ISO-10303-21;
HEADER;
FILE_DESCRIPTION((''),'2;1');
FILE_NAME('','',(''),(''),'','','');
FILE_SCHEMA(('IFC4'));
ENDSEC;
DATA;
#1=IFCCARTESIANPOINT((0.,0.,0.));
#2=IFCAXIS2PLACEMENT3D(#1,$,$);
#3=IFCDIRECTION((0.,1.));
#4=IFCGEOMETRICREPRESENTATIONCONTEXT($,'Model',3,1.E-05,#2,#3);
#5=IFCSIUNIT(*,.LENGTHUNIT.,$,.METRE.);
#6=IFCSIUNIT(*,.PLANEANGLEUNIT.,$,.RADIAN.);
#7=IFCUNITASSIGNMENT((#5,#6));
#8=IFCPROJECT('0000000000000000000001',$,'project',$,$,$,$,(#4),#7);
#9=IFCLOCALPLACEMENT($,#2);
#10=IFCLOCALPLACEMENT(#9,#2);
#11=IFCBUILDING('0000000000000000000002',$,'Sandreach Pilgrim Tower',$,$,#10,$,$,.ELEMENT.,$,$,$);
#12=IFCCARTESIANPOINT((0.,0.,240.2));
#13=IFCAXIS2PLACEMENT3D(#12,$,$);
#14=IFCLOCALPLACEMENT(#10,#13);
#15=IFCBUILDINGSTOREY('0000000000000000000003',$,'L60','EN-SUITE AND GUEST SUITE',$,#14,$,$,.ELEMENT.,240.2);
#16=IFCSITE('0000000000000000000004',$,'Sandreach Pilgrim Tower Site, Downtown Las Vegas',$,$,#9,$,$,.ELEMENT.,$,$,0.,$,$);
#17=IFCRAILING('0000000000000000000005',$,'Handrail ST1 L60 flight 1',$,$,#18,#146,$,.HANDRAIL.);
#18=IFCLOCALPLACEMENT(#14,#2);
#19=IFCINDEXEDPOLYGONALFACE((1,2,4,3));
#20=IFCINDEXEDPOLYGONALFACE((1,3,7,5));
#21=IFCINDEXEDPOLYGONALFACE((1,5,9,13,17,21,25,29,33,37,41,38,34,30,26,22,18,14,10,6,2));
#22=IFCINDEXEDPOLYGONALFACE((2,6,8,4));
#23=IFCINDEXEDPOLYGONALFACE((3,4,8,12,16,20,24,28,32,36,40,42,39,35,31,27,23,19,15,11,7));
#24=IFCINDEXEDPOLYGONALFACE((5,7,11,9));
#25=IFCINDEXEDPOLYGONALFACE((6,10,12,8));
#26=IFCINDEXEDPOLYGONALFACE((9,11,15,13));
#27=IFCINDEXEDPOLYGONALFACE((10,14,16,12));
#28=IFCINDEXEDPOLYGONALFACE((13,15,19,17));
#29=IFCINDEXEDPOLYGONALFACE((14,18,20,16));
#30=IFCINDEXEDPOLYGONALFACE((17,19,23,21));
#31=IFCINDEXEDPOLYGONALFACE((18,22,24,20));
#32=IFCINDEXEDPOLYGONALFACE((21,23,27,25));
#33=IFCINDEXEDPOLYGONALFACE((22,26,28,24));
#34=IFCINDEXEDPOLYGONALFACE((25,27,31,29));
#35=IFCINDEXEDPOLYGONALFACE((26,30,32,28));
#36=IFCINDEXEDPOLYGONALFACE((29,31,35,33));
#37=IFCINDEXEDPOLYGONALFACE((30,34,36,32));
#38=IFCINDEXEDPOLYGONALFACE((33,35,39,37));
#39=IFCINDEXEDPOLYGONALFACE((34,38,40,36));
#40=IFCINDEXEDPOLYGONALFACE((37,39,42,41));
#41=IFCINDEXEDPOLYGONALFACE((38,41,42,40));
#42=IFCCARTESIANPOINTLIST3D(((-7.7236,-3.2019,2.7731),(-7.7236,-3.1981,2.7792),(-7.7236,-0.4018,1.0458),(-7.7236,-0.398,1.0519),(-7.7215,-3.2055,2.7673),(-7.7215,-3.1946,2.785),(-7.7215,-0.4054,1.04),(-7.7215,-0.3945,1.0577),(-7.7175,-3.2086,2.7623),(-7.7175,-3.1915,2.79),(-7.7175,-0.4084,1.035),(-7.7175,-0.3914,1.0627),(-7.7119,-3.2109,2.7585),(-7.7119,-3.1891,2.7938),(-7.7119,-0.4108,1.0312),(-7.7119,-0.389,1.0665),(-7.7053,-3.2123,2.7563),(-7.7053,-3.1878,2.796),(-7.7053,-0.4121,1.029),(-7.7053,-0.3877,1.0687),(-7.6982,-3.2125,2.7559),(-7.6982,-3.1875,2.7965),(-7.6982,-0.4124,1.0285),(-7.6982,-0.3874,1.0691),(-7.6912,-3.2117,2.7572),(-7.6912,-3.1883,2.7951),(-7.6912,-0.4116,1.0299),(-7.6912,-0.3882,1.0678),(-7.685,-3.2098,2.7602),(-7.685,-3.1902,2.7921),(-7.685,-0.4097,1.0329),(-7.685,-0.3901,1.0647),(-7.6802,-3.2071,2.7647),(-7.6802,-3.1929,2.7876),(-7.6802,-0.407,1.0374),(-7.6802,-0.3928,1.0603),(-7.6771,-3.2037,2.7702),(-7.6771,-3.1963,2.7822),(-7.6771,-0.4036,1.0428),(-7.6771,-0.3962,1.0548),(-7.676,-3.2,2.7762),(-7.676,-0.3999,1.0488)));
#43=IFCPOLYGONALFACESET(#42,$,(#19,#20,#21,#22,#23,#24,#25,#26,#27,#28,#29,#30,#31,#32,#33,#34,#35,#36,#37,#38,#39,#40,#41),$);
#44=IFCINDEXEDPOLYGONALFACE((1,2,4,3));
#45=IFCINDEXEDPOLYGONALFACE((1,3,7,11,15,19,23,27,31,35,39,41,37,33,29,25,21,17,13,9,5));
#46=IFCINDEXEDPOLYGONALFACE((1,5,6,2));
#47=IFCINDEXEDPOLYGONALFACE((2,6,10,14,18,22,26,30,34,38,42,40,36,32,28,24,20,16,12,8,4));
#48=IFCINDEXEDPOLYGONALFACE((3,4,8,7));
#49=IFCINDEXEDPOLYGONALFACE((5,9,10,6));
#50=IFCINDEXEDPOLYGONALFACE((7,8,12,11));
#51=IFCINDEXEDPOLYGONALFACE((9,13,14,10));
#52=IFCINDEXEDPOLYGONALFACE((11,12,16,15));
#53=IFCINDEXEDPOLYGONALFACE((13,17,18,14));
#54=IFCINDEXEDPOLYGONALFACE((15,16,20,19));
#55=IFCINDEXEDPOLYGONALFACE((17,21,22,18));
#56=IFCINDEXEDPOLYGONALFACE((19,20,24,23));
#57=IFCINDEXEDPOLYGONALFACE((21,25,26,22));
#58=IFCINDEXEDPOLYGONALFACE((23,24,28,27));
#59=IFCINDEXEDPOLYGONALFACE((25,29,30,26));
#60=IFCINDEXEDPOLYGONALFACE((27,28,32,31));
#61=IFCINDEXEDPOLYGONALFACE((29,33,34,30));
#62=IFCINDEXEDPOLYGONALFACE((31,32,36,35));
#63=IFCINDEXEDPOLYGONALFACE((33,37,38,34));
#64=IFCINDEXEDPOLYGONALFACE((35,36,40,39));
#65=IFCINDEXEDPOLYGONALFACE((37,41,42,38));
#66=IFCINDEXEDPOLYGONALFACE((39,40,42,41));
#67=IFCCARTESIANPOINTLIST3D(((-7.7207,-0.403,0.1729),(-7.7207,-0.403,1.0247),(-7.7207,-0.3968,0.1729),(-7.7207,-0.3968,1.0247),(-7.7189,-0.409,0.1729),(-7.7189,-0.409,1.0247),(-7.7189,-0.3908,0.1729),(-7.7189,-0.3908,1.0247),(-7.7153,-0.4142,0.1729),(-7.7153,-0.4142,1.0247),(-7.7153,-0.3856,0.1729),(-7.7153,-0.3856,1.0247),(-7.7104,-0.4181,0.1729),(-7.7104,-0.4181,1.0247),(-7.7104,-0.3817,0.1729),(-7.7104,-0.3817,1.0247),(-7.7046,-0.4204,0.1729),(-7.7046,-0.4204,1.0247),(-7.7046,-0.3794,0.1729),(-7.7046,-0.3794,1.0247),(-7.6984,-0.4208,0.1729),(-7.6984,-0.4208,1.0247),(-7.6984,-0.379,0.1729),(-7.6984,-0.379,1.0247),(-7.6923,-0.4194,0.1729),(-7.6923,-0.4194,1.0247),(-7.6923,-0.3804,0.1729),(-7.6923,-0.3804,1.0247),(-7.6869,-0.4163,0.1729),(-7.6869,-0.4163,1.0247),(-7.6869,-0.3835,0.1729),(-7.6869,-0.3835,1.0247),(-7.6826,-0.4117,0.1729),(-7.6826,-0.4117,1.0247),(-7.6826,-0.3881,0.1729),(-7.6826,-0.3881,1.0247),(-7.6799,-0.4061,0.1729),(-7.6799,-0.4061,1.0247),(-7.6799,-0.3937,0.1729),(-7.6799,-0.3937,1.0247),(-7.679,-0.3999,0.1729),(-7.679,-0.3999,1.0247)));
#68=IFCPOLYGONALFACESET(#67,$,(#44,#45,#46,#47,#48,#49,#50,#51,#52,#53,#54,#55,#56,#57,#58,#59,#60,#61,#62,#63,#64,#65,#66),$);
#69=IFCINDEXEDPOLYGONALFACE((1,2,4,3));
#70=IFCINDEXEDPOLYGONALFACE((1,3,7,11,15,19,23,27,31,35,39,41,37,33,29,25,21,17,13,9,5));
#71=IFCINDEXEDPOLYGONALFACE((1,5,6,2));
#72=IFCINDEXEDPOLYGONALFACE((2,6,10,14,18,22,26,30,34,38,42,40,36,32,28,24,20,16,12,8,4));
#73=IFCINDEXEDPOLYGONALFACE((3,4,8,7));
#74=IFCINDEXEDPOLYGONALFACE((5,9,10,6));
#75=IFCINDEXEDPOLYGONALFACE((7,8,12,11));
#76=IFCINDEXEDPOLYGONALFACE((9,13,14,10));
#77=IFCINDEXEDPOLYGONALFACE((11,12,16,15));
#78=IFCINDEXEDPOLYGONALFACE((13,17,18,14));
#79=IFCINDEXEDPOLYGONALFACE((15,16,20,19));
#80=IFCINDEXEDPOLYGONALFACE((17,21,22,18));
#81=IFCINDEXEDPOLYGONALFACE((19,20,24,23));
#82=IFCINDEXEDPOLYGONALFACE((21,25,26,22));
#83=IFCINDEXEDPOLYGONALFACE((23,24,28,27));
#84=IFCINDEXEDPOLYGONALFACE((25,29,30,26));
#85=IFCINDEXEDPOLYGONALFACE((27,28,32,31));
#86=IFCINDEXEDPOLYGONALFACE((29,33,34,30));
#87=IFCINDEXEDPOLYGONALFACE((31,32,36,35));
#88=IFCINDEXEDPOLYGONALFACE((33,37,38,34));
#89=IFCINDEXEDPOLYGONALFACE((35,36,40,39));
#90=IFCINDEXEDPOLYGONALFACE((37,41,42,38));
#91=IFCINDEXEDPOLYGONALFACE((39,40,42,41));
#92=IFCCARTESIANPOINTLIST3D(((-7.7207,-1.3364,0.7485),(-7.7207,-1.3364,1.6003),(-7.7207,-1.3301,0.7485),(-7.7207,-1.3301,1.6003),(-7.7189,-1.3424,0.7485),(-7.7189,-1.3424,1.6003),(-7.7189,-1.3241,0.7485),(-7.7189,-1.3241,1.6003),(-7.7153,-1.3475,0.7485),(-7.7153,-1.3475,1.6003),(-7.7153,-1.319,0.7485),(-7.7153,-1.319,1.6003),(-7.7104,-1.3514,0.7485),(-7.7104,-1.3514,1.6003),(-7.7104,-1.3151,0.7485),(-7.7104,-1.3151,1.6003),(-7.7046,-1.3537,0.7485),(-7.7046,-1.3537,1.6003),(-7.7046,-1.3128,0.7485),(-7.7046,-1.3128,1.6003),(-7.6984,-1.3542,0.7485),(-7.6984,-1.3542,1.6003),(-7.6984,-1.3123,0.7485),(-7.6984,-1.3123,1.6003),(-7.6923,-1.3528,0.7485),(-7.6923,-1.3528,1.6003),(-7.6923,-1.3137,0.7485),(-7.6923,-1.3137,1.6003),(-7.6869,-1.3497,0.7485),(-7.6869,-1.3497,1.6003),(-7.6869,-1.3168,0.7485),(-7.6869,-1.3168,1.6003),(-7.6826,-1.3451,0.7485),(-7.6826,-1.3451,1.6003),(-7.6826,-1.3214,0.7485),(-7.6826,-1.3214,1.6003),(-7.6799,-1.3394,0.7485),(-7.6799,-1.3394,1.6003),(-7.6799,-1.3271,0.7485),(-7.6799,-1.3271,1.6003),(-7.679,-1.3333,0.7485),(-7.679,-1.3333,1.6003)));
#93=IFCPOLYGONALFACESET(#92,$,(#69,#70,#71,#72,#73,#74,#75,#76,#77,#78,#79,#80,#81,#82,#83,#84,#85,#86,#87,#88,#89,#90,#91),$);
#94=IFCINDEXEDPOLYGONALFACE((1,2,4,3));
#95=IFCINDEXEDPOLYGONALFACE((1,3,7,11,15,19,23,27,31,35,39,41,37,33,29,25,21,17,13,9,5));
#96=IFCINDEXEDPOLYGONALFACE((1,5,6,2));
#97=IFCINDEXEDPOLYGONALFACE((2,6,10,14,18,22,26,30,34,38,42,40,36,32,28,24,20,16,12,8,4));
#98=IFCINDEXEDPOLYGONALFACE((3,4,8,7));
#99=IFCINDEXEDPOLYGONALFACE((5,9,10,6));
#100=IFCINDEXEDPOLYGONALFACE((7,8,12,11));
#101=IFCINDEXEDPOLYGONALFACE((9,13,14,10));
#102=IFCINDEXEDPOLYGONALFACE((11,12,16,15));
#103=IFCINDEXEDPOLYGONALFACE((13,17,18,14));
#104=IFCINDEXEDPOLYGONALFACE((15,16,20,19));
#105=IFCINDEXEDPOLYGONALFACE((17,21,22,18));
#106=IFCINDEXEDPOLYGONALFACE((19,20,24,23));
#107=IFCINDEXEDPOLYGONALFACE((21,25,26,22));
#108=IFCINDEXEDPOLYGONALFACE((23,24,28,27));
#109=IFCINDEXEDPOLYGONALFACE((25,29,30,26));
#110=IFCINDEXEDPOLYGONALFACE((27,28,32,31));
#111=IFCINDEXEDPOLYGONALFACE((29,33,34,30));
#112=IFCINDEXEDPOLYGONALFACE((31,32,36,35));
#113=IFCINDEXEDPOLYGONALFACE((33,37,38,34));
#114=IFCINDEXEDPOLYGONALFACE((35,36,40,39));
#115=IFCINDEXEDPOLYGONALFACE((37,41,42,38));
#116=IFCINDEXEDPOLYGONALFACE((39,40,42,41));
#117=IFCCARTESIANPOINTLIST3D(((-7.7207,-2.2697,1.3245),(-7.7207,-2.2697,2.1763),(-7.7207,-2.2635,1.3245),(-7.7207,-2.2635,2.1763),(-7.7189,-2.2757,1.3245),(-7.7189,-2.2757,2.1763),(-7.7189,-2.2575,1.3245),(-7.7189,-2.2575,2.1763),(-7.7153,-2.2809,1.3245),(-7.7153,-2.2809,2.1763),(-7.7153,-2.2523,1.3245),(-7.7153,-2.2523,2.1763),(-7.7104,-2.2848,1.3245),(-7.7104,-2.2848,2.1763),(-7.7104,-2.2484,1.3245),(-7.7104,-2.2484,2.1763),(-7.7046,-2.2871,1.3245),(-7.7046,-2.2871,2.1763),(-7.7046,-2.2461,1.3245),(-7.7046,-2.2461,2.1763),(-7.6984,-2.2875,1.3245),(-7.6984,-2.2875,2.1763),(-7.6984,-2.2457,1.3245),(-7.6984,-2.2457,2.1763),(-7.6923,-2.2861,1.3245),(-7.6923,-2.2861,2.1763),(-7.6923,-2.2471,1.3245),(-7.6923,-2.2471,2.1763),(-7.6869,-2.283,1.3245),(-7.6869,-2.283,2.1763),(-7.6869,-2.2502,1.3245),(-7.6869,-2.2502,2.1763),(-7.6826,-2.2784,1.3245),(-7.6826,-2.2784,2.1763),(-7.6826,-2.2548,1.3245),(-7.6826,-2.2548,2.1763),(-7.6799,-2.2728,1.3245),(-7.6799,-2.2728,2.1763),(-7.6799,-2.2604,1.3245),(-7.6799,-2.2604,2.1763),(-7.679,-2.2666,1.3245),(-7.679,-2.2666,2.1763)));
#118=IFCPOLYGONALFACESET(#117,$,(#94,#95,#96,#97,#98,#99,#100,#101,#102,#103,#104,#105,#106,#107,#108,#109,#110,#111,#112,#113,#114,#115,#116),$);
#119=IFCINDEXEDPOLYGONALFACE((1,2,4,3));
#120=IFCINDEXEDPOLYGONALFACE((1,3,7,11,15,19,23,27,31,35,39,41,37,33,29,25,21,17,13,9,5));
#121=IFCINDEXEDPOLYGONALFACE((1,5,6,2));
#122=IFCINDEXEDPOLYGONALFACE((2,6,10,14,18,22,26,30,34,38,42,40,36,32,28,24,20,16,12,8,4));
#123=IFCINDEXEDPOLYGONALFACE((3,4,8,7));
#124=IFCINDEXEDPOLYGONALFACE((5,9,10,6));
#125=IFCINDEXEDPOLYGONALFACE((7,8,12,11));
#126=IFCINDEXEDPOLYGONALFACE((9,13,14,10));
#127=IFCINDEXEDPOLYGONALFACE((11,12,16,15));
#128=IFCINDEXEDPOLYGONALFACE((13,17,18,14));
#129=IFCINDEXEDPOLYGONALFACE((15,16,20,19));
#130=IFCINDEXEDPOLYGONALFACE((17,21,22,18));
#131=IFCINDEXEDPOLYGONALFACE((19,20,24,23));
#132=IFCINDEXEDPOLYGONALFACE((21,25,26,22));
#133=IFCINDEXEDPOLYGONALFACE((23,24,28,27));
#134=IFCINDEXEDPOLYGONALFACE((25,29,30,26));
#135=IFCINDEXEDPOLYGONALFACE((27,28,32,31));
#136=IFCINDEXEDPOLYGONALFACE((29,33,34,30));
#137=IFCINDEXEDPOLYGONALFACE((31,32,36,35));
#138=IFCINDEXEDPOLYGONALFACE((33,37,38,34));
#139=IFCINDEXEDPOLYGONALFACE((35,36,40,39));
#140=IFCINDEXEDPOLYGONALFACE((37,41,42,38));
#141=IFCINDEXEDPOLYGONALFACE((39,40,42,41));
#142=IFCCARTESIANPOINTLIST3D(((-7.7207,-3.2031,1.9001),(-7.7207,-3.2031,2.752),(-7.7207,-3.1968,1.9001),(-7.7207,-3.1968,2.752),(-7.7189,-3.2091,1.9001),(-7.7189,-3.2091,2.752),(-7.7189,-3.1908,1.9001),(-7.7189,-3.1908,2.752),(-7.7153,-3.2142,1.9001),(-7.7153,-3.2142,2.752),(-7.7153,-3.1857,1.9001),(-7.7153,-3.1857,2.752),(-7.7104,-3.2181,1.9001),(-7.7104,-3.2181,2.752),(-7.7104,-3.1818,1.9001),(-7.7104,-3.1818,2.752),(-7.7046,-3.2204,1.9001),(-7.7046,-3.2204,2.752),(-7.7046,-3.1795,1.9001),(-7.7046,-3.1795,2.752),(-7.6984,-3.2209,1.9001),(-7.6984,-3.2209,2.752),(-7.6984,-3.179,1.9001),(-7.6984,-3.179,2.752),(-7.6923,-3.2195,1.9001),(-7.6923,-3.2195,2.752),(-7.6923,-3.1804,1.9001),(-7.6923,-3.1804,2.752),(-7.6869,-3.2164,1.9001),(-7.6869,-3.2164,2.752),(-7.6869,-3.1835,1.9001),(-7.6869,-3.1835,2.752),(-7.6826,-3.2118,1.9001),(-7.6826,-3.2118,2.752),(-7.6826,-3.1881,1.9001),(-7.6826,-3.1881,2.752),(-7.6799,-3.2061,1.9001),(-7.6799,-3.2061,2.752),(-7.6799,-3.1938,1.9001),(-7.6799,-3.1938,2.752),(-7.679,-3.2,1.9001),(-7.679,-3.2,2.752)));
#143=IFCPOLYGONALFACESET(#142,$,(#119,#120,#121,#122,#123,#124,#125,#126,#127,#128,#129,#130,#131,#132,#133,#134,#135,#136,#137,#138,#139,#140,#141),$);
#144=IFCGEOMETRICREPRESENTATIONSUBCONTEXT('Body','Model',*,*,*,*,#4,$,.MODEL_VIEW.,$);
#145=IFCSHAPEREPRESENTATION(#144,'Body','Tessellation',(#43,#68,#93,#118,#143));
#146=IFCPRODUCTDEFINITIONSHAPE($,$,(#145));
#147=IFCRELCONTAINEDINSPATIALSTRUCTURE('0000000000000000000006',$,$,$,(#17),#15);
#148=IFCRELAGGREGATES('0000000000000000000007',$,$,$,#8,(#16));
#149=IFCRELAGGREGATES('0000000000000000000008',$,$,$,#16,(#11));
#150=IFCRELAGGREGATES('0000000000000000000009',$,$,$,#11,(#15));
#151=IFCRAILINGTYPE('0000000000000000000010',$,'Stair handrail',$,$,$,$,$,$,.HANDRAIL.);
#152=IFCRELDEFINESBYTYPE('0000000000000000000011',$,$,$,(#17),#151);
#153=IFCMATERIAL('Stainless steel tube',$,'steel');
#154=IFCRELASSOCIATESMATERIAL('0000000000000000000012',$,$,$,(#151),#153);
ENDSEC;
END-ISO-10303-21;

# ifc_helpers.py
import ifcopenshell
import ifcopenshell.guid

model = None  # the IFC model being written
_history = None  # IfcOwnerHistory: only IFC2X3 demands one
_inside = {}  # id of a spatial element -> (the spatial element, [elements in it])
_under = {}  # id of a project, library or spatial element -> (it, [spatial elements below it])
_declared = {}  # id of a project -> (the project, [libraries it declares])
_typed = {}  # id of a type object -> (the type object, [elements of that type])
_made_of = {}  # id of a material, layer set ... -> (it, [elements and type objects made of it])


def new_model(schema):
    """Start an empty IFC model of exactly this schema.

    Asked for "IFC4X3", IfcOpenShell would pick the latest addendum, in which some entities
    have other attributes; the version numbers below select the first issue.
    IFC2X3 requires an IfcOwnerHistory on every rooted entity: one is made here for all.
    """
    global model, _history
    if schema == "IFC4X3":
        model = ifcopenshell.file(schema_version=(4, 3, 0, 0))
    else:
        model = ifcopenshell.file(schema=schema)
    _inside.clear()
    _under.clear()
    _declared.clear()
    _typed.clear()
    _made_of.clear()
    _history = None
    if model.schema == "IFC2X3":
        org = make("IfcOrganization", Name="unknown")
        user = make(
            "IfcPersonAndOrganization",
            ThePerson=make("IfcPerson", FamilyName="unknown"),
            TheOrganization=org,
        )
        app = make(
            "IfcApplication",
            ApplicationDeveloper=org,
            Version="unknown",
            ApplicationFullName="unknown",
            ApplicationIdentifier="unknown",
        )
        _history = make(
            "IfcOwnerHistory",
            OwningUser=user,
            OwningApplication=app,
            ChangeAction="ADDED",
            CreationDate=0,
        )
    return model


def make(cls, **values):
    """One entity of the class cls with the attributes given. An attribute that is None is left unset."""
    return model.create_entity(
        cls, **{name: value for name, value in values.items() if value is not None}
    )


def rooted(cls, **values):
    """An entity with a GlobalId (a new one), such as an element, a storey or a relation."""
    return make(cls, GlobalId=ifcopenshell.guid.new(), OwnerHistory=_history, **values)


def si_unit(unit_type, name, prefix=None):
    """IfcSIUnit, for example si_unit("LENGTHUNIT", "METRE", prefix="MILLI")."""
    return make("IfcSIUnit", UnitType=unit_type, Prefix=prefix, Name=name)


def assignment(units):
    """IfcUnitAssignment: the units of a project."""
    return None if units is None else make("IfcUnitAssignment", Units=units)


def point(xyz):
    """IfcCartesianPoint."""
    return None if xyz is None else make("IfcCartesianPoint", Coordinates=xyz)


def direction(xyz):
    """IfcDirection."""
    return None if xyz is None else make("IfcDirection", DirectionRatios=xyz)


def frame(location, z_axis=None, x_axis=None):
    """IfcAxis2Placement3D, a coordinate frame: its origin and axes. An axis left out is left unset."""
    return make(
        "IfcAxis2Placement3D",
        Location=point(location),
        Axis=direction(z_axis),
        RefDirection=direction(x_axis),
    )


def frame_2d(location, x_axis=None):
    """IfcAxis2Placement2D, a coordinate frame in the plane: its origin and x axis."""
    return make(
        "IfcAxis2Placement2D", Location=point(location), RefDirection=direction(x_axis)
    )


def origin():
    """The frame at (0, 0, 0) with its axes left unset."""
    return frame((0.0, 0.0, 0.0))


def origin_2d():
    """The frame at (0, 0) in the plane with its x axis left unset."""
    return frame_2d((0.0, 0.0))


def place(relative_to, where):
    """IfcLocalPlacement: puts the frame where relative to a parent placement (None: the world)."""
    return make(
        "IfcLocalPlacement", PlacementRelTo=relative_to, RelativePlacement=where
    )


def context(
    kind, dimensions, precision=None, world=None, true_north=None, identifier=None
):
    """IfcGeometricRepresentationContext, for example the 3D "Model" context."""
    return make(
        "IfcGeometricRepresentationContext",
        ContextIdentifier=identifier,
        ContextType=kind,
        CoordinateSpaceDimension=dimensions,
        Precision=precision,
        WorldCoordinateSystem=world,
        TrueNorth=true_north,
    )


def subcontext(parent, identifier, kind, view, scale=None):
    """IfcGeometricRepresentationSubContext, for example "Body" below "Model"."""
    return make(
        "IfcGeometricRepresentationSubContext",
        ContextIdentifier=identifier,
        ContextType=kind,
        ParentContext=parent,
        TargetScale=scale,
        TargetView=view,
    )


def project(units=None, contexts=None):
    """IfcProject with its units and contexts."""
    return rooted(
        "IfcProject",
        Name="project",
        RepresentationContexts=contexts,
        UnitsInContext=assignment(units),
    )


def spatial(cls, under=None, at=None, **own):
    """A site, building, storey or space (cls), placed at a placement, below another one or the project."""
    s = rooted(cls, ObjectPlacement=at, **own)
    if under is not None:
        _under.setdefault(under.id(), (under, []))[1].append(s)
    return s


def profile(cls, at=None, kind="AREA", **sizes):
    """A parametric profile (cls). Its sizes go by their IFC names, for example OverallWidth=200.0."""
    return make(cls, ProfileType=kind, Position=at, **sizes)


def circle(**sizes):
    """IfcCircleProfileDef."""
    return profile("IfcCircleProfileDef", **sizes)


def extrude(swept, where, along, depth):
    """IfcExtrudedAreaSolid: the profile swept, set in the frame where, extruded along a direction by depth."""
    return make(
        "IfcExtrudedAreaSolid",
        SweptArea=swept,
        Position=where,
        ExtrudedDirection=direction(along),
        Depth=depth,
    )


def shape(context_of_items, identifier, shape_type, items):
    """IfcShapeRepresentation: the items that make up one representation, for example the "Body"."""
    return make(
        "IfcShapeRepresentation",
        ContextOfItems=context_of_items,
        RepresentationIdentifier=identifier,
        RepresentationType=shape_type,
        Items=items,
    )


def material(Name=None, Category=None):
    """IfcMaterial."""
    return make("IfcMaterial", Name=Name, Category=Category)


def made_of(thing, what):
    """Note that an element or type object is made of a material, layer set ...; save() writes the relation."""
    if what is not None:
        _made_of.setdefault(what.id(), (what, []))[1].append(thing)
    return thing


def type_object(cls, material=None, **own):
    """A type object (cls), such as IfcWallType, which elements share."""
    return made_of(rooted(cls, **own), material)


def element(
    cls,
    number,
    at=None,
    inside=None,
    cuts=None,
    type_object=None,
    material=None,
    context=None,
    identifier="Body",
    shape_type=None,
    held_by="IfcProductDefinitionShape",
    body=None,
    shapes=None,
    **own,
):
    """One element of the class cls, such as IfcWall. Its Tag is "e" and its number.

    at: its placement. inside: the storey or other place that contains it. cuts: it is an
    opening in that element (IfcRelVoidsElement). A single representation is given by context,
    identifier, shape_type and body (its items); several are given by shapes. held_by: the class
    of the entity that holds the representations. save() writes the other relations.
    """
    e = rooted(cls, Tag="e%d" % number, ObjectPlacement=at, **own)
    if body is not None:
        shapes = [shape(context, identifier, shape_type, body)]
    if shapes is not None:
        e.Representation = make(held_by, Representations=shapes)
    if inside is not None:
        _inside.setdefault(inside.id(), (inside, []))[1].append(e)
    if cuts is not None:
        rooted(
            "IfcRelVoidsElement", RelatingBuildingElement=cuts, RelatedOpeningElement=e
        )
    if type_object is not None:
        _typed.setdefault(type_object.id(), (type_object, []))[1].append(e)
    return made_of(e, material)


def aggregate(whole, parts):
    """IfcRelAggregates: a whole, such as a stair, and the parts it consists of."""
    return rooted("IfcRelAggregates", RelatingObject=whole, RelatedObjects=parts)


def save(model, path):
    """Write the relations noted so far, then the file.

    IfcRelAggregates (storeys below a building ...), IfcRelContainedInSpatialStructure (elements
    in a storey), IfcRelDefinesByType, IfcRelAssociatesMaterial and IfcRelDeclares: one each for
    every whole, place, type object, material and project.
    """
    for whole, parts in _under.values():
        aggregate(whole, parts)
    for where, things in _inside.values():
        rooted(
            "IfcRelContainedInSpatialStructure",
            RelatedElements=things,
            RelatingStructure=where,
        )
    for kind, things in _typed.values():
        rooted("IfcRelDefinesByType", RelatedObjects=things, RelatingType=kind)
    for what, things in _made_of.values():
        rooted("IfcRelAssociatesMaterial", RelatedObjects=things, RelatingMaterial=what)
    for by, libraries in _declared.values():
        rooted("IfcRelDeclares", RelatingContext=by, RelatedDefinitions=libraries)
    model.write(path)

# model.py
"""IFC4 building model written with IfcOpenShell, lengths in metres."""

from ifc_helpers import new_model, si_unit, direction, frame, origin, origin_2d, place, context, subcontext, project, spatial, circle, extrude, material, type_object, element, save


model = new_model("IFC4")

# Units and contexts
model_context = context("Model", 3, precision=1e-05, world=origin(), true_north=direction((0.0, 1.0)))
body_context = subcontext(model_context, "Body", "Model", "MODEL_VIEW")
ifc_project = project(units=[si_unit("LENGTHUNIT", "METRE"), si_unit("PLANEANGLEUNIT", "RADIAN")], contexts=[model_context])

# Site, building, storey
site_placement = place(None, origin())
site = spatial("IfcSite", under=ifc_project, at=site_placement, Name="Sandreach Pilgrim Tower Site, Downtown Las Vegas", CompositionType="ELEMENT", RefElevation=0.0)
building_placement = place(site_placement, origin())
building = spatial("IfcBuilding", under=site, at=building_placement, Name="Sandreach Pilgrim Tower", CompositionType="ELEMENT")
storey_placement = place(building_placement, frame((0.0, 0.0, 240.2)))
storey = spatial("IfcBuildingStorey", under=building, at=storey_placement, Name="L60", Description="EN-SUITE AND GUEST SUITE", CompositionType="ELEMENT", Elevation=240.2)

# Railing
ifc_material_1 = material(Name="Stainless steel tube", Category="steel")
railing_type = type_object("IfcRailingType", Name="Stair handrail", PredefinedType="HANDRAIL", material=ifc_material_1)
for number, where, name in (
    (1, (-7.7, -0.3999, 0.1729), "Handrail ST1 L60 flight 1"),
):
    element("IfcRailing", number, at=place(storey_placement, frame(where)), inside=storey, type_object=railing_type, Name=name, PredefinedType="HANDRAIL", context=body_context, shape_type="SweptSolid", body=[
        extrude(circle(Radius=0.0239, at=origin_2d()), frame((0.0, 0.0, 0.876), z_axis=(0.0, -0.85109, 0.52502), x_axis=(1.0, 0.0, 0.0)), (0.0, 0.0, 1.0), 3.29),
        extrude(circle(Radius=0.021, at=origin_2d()), origin(), (0.0, 0.0, 1.0), 0.8518),
        extrude(circle(Radius=0.021, at=origin_2d()), frame((0.0, -0.9333, 0.5757)), (0.0, 0.0, 1.0), 0.8518),
        extrude(circle(Radius=0.021, at=origin_2d()), frame((0.0, -1.8667, 1.1516)), (0.0, 0.0, 1.0), 0.8518),
        extrude(circle(Radius=0.021, at=origin_2d()), frame((0.0, -2.8, 1.7273)), (0.0, 0.0, 1.0), 0.8518),
    ])

save(model, "model.ifc")
